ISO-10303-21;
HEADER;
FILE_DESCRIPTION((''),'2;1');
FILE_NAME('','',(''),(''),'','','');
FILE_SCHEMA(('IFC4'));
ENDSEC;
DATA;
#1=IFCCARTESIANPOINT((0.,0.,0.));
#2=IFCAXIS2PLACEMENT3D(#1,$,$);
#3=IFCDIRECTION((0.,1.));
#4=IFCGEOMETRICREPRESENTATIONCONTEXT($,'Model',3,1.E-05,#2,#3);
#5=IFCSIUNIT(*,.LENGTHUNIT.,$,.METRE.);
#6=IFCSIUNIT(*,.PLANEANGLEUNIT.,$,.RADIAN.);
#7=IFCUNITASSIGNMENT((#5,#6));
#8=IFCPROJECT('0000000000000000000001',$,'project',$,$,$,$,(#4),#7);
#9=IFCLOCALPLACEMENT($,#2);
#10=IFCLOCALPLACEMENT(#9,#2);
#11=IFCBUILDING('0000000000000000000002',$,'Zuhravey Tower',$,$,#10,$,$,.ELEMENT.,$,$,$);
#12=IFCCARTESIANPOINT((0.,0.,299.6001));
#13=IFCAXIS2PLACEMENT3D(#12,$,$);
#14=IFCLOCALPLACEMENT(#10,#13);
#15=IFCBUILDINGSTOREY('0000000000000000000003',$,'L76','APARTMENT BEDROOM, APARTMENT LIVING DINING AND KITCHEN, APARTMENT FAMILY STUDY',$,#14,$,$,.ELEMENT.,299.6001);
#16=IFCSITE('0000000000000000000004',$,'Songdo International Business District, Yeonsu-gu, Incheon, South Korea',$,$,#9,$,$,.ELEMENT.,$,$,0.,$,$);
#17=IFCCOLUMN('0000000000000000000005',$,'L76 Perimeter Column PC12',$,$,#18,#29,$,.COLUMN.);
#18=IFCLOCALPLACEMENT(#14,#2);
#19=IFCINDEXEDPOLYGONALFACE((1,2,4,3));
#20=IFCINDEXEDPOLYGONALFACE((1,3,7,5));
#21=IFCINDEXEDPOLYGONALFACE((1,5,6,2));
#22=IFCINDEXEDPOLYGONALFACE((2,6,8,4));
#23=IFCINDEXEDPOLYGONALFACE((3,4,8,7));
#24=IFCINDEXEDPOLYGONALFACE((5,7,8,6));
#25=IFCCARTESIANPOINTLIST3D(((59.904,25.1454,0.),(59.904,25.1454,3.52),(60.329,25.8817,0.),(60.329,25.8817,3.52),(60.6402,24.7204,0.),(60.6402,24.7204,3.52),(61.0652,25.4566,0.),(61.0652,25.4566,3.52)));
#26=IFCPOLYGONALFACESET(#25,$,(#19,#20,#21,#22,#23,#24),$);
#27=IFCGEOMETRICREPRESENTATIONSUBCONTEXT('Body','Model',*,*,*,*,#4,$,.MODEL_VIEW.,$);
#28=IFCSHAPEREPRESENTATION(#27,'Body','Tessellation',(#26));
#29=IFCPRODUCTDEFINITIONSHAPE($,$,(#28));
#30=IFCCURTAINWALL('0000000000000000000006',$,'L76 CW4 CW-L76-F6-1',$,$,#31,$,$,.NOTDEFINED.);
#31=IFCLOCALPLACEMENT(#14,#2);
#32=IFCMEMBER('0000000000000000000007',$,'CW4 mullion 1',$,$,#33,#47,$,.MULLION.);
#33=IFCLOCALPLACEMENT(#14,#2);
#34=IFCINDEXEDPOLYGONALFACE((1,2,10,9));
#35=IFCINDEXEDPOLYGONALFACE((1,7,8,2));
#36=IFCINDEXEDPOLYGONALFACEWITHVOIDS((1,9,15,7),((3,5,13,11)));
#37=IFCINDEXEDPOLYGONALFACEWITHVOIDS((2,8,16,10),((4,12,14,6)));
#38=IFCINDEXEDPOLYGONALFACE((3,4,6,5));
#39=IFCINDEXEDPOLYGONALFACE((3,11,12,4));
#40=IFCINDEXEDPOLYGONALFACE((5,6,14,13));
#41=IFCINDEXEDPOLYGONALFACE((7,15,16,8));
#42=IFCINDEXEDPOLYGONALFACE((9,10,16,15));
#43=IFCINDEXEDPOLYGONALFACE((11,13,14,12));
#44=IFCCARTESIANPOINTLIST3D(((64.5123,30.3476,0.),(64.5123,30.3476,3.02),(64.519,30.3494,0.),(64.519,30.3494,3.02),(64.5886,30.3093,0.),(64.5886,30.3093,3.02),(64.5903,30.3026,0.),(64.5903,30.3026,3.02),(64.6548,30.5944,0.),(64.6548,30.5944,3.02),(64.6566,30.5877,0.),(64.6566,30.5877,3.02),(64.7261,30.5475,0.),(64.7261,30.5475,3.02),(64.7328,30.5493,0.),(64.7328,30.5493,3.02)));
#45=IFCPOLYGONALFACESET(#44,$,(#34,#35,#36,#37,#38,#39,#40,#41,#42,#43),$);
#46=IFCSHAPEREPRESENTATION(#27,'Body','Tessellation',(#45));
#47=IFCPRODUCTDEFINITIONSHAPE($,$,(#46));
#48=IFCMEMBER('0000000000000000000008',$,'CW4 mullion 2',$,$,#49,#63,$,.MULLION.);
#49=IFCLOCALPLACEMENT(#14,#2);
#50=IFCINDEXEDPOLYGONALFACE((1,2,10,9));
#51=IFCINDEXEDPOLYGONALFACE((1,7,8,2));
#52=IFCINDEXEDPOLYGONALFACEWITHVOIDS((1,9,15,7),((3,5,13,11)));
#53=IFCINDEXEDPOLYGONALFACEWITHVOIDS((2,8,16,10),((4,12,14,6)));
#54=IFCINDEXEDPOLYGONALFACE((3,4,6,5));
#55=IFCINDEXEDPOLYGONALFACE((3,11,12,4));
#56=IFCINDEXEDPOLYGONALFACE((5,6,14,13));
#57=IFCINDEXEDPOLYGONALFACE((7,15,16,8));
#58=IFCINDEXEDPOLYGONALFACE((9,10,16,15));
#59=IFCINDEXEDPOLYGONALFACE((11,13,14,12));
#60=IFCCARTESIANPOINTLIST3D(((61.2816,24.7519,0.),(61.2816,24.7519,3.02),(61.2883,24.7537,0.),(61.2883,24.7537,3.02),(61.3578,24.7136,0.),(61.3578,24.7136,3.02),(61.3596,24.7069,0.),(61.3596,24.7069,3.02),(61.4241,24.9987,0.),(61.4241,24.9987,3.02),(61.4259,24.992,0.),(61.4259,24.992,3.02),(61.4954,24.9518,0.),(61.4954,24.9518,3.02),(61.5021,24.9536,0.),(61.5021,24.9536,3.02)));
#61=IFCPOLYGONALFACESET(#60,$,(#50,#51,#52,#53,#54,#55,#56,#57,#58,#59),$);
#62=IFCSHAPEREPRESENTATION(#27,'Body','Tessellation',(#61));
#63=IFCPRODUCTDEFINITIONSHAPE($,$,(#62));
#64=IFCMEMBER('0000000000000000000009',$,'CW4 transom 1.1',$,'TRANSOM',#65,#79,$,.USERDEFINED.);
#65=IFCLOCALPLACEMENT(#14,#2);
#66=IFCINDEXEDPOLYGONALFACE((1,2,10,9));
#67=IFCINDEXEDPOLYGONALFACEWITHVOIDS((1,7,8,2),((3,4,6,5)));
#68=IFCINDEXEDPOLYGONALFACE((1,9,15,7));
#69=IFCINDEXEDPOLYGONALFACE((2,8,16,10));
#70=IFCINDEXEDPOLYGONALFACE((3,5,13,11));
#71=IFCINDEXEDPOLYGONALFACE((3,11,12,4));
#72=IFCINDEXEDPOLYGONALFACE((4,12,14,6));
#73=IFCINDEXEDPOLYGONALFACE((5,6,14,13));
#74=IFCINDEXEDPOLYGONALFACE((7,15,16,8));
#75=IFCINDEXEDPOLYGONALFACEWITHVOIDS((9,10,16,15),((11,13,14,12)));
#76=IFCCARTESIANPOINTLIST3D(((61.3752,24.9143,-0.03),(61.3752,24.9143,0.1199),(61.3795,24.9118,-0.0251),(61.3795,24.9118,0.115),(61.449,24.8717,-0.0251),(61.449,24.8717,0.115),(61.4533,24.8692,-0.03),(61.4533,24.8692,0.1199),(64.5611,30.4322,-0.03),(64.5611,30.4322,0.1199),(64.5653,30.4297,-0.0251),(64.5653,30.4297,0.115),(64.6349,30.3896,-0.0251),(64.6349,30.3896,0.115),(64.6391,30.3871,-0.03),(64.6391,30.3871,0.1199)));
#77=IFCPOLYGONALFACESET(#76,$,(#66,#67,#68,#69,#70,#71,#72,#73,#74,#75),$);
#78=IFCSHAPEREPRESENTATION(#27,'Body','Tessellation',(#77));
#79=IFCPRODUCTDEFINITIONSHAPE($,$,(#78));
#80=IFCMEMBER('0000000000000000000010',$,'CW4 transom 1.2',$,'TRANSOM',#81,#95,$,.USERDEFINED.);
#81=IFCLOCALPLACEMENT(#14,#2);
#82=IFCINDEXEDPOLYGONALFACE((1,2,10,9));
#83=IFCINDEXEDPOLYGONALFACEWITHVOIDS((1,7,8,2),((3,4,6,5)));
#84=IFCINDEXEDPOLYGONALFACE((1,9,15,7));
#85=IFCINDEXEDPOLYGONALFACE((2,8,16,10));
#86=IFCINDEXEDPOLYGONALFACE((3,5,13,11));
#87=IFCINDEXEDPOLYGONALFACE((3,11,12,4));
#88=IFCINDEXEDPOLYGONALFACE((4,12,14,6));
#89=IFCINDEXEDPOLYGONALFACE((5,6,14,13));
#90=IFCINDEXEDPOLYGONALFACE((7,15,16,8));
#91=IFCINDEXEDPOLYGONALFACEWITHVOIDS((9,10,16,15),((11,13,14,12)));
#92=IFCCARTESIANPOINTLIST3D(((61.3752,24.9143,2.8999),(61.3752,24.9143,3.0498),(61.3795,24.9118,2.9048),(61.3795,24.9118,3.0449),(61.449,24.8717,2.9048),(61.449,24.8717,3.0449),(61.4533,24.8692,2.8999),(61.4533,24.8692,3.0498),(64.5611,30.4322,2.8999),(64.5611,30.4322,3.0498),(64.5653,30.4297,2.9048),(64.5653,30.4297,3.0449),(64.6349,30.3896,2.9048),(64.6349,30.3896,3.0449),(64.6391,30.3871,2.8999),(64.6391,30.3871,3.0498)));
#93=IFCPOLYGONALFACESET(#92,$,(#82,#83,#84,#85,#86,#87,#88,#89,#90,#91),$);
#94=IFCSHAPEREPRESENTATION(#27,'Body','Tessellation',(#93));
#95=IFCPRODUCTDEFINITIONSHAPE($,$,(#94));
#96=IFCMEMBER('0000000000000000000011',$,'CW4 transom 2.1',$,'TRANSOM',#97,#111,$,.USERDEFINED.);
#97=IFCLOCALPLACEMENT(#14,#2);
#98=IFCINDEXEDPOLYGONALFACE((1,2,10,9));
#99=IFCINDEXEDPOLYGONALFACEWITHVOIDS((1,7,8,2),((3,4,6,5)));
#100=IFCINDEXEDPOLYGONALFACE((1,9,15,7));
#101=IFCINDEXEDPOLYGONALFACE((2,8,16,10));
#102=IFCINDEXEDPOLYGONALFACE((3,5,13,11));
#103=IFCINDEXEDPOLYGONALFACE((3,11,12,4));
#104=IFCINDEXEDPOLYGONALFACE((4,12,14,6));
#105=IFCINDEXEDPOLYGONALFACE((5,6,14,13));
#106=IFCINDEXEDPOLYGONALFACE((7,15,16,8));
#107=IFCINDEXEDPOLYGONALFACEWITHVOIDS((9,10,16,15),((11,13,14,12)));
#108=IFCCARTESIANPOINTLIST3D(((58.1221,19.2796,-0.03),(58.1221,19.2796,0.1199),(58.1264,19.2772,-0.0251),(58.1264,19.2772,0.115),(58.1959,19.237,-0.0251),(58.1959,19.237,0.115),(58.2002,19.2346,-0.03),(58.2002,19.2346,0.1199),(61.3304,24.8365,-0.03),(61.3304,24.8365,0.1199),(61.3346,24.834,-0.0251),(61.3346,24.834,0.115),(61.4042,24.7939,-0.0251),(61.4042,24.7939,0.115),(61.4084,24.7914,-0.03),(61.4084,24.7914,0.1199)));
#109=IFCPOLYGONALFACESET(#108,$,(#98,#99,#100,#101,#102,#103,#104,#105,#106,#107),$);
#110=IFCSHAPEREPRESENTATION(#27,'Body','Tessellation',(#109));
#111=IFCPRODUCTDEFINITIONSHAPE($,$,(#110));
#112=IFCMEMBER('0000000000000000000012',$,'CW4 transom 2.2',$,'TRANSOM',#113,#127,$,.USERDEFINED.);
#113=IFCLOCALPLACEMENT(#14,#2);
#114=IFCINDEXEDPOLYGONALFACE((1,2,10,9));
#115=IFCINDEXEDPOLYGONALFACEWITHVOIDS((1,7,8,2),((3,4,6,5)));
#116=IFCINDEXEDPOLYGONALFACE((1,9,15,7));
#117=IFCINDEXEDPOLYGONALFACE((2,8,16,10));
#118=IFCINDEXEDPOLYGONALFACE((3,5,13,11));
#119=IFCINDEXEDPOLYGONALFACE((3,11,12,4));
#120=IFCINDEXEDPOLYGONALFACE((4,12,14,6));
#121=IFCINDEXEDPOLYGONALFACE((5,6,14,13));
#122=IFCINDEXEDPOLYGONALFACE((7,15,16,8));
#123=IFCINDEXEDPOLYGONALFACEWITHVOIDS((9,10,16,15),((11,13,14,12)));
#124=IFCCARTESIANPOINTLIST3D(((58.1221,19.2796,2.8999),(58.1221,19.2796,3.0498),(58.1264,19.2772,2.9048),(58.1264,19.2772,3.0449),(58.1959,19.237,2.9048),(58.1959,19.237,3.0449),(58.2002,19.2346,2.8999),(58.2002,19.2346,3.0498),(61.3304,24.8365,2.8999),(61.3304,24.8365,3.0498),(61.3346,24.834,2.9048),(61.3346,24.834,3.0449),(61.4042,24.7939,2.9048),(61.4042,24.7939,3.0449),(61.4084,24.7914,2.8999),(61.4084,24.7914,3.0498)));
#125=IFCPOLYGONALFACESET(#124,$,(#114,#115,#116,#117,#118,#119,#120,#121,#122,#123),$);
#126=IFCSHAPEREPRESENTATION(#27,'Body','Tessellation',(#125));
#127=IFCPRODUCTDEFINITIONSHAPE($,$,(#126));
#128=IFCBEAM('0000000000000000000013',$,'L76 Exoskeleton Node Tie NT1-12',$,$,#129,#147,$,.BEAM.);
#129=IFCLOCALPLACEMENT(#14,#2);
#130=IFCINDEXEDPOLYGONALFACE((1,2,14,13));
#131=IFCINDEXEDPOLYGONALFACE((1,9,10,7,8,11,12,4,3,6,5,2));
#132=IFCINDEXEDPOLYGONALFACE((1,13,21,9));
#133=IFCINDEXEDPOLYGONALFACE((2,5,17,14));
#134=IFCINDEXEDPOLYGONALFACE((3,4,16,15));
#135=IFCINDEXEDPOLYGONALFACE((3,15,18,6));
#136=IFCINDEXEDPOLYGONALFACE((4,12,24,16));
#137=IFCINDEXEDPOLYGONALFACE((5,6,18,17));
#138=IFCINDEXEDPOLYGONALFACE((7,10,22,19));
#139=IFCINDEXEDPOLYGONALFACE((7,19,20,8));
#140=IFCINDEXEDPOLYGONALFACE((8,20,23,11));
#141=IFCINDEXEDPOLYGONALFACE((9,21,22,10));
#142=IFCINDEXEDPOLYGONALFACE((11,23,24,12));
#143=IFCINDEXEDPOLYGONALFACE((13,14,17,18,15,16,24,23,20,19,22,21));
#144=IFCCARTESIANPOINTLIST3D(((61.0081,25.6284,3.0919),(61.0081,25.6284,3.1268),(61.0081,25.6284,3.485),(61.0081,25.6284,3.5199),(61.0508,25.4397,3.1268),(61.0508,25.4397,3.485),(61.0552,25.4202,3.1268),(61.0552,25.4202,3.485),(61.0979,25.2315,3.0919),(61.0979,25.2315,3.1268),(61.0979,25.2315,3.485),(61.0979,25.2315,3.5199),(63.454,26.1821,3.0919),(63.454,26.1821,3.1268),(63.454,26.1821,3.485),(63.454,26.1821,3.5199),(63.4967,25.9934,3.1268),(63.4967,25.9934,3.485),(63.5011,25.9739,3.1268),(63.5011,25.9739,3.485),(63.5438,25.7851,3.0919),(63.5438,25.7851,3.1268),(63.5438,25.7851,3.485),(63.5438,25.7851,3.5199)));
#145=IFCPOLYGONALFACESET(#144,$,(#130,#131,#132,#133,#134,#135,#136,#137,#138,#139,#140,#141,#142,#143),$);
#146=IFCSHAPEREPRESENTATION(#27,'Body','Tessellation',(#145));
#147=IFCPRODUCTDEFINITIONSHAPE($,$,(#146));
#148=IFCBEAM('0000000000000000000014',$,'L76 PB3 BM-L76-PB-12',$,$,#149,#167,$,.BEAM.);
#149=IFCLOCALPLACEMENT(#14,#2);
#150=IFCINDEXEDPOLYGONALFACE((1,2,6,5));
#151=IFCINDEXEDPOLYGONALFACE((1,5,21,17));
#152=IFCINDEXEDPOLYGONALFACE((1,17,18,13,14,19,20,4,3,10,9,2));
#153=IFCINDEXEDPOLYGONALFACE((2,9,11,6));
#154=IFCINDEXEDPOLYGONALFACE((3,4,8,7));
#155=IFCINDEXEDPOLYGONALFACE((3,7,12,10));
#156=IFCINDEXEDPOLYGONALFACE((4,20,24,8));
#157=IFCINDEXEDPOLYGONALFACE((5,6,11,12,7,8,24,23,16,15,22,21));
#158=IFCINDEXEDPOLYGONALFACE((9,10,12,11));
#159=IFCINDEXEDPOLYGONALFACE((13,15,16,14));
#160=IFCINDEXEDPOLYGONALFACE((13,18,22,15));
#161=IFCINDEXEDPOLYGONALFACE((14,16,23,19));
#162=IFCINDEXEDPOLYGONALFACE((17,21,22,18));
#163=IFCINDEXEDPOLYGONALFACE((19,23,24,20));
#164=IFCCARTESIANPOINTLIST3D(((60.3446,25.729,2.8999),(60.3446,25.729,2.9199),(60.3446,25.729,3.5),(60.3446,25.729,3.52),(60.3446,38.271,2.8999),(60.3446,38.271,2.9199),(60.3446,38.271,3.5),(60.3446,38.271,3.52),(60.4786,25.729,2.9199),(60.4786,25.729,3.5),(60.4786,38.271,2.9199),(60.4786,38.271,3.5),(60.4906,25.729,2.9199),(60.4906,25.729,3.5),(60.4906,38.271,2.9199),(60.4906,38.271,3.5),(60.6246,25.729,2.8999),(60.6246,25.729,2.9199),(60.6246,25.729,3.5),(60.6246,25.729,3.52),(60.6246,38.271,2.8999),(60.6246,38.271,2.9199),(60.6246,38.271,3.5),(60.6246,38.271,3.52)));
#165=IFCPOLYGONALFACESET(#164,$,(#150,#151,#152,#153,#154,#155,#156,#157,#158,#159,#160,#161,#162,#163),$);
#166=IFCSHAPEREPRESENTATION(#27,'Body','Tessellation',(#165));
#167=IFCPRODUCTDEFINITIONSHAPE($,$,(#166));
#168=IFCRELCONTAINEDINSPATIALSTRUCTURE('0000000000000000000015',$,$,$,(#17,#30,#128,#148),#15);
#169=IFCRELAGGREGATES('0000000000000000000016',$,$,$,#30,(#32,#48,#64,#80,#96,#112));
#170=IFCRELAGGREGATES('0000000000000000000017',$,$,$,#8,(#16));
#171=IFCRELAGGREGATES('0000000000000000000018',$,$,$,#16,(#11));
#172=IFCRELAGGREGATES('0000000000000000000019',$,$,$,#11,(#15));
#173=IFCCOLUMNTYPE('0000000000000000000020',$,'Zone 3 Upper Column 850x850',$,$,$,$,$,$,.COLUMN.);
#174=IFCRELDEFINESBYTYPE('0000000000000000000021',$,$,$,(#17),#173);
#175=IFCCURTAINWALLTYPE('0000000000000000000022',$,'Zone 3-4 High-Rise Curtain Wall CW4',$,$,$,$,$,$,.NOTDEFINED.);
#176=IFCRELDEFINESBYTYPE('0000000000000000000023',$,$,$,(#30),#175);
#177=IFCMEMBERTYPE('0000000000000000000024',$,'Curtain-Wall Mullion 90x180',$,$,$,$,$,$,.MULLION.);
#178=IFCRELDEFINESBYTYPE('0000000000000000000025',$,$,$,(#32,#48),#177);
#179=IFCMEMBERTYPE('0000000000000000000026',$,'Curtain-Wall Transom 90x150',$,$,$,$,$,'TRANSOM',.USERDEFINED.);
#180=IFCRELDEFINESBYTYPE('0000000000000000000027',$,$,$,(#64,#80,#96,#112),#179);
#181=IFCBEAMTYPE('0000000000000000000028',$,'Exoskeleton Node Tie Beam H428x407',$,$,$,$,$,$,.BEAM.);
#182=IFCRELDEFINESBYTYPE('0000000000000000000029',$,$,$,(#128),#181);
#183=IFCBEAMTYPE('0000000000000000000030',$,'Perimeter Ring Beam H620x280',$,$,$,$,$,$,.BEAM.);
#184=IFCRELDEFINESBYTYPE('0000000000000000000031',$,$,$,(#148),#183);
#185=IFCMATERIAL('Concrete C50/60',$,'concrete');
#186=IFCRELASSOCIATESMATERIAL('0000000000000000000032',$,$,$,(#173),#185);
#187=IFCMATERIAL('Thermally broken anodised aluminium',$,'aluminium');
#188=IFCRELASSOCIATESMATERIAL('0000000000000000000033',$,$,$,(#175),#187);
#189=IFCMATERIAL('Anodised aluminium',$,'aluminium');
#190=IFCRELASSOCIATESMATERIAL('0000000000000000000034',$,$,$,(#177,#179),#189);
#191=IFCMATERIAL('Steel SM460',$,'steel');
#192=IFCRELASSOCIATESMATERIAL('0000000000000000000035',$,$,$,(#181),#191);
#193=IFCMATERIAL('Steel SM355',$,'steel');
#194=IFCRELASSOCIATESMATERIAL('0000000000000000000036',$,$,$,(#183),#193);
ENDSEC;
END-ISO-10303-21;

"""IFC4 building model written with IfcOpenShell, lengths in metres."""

from ifc_helpers import new_model, si_unit, direction, frame, origin, origin_2d, place, context, subcontext, project, spatial, rectangle, hollow_rectangle, i_section, extrude, material, material_profile, profile_set, type_object, element, aggregate, save


model = new_model("IFC4")

# Units and contexts
model_context = context("Model", 3, precision=1e-05, world=origin(), true_north=direction((0.0, 1.0)))
body_context = subcontext(model_context, "Body", "Model", "MODEL_VIEW")
ifc_project = project(units=[si_unit("LENGTHUNIT", "METRE"), si_unit("PLANEANGLEUNIT", "RADIAN")], contexts=[model_context])

# Site, building, storey
site_placement = place(None, origin())
site = spatial("IfcSite", under=ifc_project, at=site_placement, Name="Songdo International Business District, Yeonsu-gu, Incheon, South Korea", CompositionType="ELEMENT", RefElevation=0.0)
building_placement = place(site_placement, origin())
building = spatial("IfcBuilding", under=site, at=building_placement, Name="Zuhravey Tower", CompositionType="ELEMENT")
storey_placement = place(building_placement, frame((0.0, 0.0, 299.6001)))
storey = spatial("IfcBuildingStorey", under=building, at=storey_placement, Name="L76", Description="APARTMENT BEDROOM, APARTMENT LIVING DINING AND KITCHEN, APARTMENT FAMILY STUDY", CompositionType="ELEMENT", Elevation=299.6001)

# Column
ifc_material_1 = material(Name="Concrete C50/60", Category="concrete")
ifc_material_profile_1 = material_profile(ifc_material_1, rectangle(XDim=0.8501, YDim=0.8501, at=origin_2d()), Name="RC-850x850")
ifc_profile_set_1 = profile_set([ifc_material_profile_1], Name="Concrete C50/60")
column_type = type_object("IfcColumnType", Name="Zone 3 Upper Column 850x850", PredefinedType="COLUMN", material=ifc_profile_set_1)
column_placement = place(storey_placement, frame((60.4846, 25.301, 0.0), z_axis=(0.0, 0.0, 1.0), x_axis=(0.5, 0.866025, 0.0)))
element("IfcColumn", 1, at=column_placement, inside=storey, type_object=column_type, Name="L76 Perimeter Column PC12", PredefinedType="COLUMN", context=body_context, shape_type="SweptSolid", body=[
    extrude(rectangle(XDim=0.8501, YDim=0.8501, at=origin_2d()), origin(), (0.0, 0.0, 1.0), 3.52),
])

# Curtain wall, members
ifc_material_2 = material(Name="Thermally broken anodised aluminium", Category="aluminium")
curtain_wall_type = type_object("IfcCurtainWallType", Name="Zone 3-4 High-Rise Curtain Wall CW4", PredefinedType="NOTDEFINED", material=ifc_material_2)
curtain_wall_placement = place(storey_placement, origin())
curtain_wall = element("IfcCurtainWall", 2, at=curtain_wall_placement, inside=storey, type_object=curtain_wall_type, Name="L76 CW4 CW-L76-F6-1", PredefinedType="NOTDEFINED")
ifc_material_3 = material(Name="Anodised aluminium", Category="aluminium")
ifc_material_profile_2 = material_profile(ifc_material_3, hollow_rectangle(XDim=0.0901, YDim=0.2849, WallThickness=0.0049, at=origin_2d()), Name="ALU-RHS-90x285x5")
ifc_profile_set_2 = profile_set([ifc_material_profile_2], Name="Anodised aluminium")
member_type_1 = type_object("IfcMemberType", Name="Curtain-Wall Mullion 90x180", PredefinedType="MULLION", material=ifc_profile_set_2)
member_1_placement = place(storey_placement, frame((64.6226, 30.4485, 0.0), z_axis=(0.0, 0.0, 1.0), x_axis=(0.866025, -0.500001, 0.0)))
member_1 = element("IfcMember", 3, at=member_1_placement, type_object=member_type_1, Name="CW4 mullion 1", PredefinedType="MULLION", context=body_context, shape_type="SweptSolid", body=[
    extrude(hollow_rectangle(XDim=0.0901, YDim=0.2849, WallThickness=0.0049, at=origin_2d()), origin(), (0.0, 0.0, 1.0), 3.02),
])
member_2_placement = place(storey_placement, frame((61.3918, 24.8528, 0.0), z_axis=(0.0, 0.0, 1.0), x_axis=(0.866025, -0.500001, 0.0)))
member_2 = element("IfcMember", 4, at=member_2_placement, type_object=member_type_1, Name="CW4 mullion 2", PredefinedType="MULLION", context=body_context, shape_type="SweptSolid", body=[
    extrude(hollow_rectangle(XDim=0.0901, YDim=0.2849, WallThickness=0.0049, at=origin_2d()), origin(), (0.0, 0.0, 1.0), 3.02),
])
ifc_material_profile_3 = material_profile(ifc_material_3, hollow_rectangle(XDim=0.0901, YDim=0.1499, WallThickness=0.0049, at=origin_2d()), Name="ALU-RHS-90x150x5")
ifc_profile_set_3 = profile_set([ifc_material_profile_3], Name="Anodised aluminium")
member_type_2 = type_object("IfcMemberType", Name="Curtain-Wall Transom 90x150", ElementType="TRANSOM", PredefinedType="USERDEFINED", material=ifc_profile_set_3)
member_3_placement = place(storey_placement, frame((64.6001, 30.4097, 0.0449), z_axis=(-0.500009, -0.86602, 0.0), x_axis=(0.86602, -0.500009, 0.0)))
member_3 = element("IfcMember", 5, at=member_3_placement, type_object=member_type_2, Name="CW4 transom 1.1", ObjectType="TRANSOM", PredefinedType="USERDEFINED", context=body_context, shape_type="SweptSolid", body=[
    extrude(hollow_rectangle(XDim=0.0901, YDim=0.1499, WallThickness=0.0049, at=origin_2d()), origin(), (0.0, 0.0, 1.0), 6.3716),
])
member_4_placement = place(storey_placement, frame((64.6001, 30.4097, 2.9749), z_axis=(-0.500009, -0.86602, 0.0), x_axis=(0.86602, -0.500009, 0.0)))
member_4 = element("IfcMember", 6, at=member_4_placement, type_object=member_type_2, Name="CW4 transom 1.2", ObjectType="TRANSOM", PredefinedType="USERDEFINED", context=body_context, shape_type="SweptSolid", body=[
    extrude(hollow_rectangle(XDim=0.0901, YDim=0.1499, WallThickness=0.0049, at=origin_2d()), origin(), (0.0, 0.0, 1.0), 6.3716),
])
member_5_placement = place(storey_placement, frame((61.3694, 24.814, 0.0449), z_axis=(-0.499998, -0.866027, 0.0), x_axis=(0.866027, -0.499998, 0.0)))
member_5 = element("IfcMember", 7, at=member_5_placement, type_object=member_type_2, Name="CW4 transom 2.1", ObjectType="TRANSOM", PredefinedType="USERDEFINED", context=body_context, shape_type="SweptSolid", body=[
    extrude(hollow_rectangle(XDim=0.0901, YDim=0.1499, WallThickness=0.0049, at=origin_2d()), origin(), (0.0, 0.0, 1.0), 6.4165),
])
member_6_placement = place(storey_placement, frame((61.3694, 24.814, 2.9749), z_axis=(-0.499998, -0.866027, 0.0), x_axis=(0.866027, -0.499998, 0.0)))
member_6 = element("IfcMember", 8, at=member_6_placement, type_object=member_type_2, Name="CW4 transom 2.2", ObjectType="TRANSOM", PredefinedType="USERDEFINED", context=body_context, shape_type="SweptSolid", body=[
    extrude(hollow_rectangle(XDim=0.0901, YDim=0.1499, WallThickness=0.0049, at=origin_2d()), origin(), (0.0, 0.0, 1.0), 6.4165),
])

# Beams
ifc_material_4 = material(Name="Steel SM460", Category="steel")
ifc_material_profile_4 = material_profile(ifc_material_4, i_section(OverallWidth=0.407, OverallDepth=0.428, WebThickness=0.02, FlangeThickness=0.0349, at=origin_2d()), Name="H-428x407x20x35")
ifc_profile_set_4 = profile_set([ifc_material_profile_4], Name="Steel SM460")
beam_type_1 = type_object("IfcBeamType", Name="Exoskeleton Node Tie Beam H428x407", PredefinedType="BEAM", material=ifc_profile_set_4)
beam_1_placement = place(storey_placement, frame((61.053, 25.4299, 3.3059), z_axis=(0.975323, 0.220784, 0.0), x_axis=(-0.220784, 0.975323, 0.0)))
element("IfcBeam", 9, at=beam_1_placement, inside=storey, type_object=beam_type_1, Name="L76 Exoskeleton Node Tie NT1-12", PredefinedType="BEAM", context=body_context, shape_type="SweptSolid", body=[
    extrude(i_section(OverallWidth=0.407, OverallDepth=0.428, WebThickness=0.02, FlangeThickness=0.0349, at=origin_2d()), origin(), (0.0, 0.0, 1.0), 2.5078),
])
ifc_material_5 = material(Name="Steel SM355", Category="steel")
ifc_material_profile_5 = material_profile(ifc_material_5, i_section(OverallWidth=0.28, OverallDepth=0.6201, WebThickness=0.012, FlangeThickness=0.02, at=origin_2d()), Name="H-620x280x12x20")
ifc_profile_set_5 = profile_set([ifc_material_profile_5], Name="Steel SM355")
beam_type_2 = type_object("IfcBeamType", Name="Perimeter Ring Beam H620x280", PredefinedType="BEAM", material=ifc_profile_set_5)
beam_2_placement = place(storey_placement, frame((60.4846, 25.729, 3.21), z_axis=(0.0, 1.0, 0.0), x_axis=(-1.0, 0.0, 0.0)))
element("IfcBeam", 10, at=beam_2_placement, inside=storey, type_object=beam_type_2, Name="L76 PB3 BM-L76-PB-12", PredefinedType="BEAM", context=body_context, shape_type="SweptSolid", body=[
    extrude(i_section(OverallWidth=0.28, OverallDepth=0.6201, WebThickness=0.012, FlangeThickness=0.02, at=origin_2d()), origin(), (0.0, 0.0, 1.0), 12.542),
])

aggregate(curtain_wall, [member_1, member_2, member_3, member_4, member_5, member_6])

save(model, "model.ifc")
